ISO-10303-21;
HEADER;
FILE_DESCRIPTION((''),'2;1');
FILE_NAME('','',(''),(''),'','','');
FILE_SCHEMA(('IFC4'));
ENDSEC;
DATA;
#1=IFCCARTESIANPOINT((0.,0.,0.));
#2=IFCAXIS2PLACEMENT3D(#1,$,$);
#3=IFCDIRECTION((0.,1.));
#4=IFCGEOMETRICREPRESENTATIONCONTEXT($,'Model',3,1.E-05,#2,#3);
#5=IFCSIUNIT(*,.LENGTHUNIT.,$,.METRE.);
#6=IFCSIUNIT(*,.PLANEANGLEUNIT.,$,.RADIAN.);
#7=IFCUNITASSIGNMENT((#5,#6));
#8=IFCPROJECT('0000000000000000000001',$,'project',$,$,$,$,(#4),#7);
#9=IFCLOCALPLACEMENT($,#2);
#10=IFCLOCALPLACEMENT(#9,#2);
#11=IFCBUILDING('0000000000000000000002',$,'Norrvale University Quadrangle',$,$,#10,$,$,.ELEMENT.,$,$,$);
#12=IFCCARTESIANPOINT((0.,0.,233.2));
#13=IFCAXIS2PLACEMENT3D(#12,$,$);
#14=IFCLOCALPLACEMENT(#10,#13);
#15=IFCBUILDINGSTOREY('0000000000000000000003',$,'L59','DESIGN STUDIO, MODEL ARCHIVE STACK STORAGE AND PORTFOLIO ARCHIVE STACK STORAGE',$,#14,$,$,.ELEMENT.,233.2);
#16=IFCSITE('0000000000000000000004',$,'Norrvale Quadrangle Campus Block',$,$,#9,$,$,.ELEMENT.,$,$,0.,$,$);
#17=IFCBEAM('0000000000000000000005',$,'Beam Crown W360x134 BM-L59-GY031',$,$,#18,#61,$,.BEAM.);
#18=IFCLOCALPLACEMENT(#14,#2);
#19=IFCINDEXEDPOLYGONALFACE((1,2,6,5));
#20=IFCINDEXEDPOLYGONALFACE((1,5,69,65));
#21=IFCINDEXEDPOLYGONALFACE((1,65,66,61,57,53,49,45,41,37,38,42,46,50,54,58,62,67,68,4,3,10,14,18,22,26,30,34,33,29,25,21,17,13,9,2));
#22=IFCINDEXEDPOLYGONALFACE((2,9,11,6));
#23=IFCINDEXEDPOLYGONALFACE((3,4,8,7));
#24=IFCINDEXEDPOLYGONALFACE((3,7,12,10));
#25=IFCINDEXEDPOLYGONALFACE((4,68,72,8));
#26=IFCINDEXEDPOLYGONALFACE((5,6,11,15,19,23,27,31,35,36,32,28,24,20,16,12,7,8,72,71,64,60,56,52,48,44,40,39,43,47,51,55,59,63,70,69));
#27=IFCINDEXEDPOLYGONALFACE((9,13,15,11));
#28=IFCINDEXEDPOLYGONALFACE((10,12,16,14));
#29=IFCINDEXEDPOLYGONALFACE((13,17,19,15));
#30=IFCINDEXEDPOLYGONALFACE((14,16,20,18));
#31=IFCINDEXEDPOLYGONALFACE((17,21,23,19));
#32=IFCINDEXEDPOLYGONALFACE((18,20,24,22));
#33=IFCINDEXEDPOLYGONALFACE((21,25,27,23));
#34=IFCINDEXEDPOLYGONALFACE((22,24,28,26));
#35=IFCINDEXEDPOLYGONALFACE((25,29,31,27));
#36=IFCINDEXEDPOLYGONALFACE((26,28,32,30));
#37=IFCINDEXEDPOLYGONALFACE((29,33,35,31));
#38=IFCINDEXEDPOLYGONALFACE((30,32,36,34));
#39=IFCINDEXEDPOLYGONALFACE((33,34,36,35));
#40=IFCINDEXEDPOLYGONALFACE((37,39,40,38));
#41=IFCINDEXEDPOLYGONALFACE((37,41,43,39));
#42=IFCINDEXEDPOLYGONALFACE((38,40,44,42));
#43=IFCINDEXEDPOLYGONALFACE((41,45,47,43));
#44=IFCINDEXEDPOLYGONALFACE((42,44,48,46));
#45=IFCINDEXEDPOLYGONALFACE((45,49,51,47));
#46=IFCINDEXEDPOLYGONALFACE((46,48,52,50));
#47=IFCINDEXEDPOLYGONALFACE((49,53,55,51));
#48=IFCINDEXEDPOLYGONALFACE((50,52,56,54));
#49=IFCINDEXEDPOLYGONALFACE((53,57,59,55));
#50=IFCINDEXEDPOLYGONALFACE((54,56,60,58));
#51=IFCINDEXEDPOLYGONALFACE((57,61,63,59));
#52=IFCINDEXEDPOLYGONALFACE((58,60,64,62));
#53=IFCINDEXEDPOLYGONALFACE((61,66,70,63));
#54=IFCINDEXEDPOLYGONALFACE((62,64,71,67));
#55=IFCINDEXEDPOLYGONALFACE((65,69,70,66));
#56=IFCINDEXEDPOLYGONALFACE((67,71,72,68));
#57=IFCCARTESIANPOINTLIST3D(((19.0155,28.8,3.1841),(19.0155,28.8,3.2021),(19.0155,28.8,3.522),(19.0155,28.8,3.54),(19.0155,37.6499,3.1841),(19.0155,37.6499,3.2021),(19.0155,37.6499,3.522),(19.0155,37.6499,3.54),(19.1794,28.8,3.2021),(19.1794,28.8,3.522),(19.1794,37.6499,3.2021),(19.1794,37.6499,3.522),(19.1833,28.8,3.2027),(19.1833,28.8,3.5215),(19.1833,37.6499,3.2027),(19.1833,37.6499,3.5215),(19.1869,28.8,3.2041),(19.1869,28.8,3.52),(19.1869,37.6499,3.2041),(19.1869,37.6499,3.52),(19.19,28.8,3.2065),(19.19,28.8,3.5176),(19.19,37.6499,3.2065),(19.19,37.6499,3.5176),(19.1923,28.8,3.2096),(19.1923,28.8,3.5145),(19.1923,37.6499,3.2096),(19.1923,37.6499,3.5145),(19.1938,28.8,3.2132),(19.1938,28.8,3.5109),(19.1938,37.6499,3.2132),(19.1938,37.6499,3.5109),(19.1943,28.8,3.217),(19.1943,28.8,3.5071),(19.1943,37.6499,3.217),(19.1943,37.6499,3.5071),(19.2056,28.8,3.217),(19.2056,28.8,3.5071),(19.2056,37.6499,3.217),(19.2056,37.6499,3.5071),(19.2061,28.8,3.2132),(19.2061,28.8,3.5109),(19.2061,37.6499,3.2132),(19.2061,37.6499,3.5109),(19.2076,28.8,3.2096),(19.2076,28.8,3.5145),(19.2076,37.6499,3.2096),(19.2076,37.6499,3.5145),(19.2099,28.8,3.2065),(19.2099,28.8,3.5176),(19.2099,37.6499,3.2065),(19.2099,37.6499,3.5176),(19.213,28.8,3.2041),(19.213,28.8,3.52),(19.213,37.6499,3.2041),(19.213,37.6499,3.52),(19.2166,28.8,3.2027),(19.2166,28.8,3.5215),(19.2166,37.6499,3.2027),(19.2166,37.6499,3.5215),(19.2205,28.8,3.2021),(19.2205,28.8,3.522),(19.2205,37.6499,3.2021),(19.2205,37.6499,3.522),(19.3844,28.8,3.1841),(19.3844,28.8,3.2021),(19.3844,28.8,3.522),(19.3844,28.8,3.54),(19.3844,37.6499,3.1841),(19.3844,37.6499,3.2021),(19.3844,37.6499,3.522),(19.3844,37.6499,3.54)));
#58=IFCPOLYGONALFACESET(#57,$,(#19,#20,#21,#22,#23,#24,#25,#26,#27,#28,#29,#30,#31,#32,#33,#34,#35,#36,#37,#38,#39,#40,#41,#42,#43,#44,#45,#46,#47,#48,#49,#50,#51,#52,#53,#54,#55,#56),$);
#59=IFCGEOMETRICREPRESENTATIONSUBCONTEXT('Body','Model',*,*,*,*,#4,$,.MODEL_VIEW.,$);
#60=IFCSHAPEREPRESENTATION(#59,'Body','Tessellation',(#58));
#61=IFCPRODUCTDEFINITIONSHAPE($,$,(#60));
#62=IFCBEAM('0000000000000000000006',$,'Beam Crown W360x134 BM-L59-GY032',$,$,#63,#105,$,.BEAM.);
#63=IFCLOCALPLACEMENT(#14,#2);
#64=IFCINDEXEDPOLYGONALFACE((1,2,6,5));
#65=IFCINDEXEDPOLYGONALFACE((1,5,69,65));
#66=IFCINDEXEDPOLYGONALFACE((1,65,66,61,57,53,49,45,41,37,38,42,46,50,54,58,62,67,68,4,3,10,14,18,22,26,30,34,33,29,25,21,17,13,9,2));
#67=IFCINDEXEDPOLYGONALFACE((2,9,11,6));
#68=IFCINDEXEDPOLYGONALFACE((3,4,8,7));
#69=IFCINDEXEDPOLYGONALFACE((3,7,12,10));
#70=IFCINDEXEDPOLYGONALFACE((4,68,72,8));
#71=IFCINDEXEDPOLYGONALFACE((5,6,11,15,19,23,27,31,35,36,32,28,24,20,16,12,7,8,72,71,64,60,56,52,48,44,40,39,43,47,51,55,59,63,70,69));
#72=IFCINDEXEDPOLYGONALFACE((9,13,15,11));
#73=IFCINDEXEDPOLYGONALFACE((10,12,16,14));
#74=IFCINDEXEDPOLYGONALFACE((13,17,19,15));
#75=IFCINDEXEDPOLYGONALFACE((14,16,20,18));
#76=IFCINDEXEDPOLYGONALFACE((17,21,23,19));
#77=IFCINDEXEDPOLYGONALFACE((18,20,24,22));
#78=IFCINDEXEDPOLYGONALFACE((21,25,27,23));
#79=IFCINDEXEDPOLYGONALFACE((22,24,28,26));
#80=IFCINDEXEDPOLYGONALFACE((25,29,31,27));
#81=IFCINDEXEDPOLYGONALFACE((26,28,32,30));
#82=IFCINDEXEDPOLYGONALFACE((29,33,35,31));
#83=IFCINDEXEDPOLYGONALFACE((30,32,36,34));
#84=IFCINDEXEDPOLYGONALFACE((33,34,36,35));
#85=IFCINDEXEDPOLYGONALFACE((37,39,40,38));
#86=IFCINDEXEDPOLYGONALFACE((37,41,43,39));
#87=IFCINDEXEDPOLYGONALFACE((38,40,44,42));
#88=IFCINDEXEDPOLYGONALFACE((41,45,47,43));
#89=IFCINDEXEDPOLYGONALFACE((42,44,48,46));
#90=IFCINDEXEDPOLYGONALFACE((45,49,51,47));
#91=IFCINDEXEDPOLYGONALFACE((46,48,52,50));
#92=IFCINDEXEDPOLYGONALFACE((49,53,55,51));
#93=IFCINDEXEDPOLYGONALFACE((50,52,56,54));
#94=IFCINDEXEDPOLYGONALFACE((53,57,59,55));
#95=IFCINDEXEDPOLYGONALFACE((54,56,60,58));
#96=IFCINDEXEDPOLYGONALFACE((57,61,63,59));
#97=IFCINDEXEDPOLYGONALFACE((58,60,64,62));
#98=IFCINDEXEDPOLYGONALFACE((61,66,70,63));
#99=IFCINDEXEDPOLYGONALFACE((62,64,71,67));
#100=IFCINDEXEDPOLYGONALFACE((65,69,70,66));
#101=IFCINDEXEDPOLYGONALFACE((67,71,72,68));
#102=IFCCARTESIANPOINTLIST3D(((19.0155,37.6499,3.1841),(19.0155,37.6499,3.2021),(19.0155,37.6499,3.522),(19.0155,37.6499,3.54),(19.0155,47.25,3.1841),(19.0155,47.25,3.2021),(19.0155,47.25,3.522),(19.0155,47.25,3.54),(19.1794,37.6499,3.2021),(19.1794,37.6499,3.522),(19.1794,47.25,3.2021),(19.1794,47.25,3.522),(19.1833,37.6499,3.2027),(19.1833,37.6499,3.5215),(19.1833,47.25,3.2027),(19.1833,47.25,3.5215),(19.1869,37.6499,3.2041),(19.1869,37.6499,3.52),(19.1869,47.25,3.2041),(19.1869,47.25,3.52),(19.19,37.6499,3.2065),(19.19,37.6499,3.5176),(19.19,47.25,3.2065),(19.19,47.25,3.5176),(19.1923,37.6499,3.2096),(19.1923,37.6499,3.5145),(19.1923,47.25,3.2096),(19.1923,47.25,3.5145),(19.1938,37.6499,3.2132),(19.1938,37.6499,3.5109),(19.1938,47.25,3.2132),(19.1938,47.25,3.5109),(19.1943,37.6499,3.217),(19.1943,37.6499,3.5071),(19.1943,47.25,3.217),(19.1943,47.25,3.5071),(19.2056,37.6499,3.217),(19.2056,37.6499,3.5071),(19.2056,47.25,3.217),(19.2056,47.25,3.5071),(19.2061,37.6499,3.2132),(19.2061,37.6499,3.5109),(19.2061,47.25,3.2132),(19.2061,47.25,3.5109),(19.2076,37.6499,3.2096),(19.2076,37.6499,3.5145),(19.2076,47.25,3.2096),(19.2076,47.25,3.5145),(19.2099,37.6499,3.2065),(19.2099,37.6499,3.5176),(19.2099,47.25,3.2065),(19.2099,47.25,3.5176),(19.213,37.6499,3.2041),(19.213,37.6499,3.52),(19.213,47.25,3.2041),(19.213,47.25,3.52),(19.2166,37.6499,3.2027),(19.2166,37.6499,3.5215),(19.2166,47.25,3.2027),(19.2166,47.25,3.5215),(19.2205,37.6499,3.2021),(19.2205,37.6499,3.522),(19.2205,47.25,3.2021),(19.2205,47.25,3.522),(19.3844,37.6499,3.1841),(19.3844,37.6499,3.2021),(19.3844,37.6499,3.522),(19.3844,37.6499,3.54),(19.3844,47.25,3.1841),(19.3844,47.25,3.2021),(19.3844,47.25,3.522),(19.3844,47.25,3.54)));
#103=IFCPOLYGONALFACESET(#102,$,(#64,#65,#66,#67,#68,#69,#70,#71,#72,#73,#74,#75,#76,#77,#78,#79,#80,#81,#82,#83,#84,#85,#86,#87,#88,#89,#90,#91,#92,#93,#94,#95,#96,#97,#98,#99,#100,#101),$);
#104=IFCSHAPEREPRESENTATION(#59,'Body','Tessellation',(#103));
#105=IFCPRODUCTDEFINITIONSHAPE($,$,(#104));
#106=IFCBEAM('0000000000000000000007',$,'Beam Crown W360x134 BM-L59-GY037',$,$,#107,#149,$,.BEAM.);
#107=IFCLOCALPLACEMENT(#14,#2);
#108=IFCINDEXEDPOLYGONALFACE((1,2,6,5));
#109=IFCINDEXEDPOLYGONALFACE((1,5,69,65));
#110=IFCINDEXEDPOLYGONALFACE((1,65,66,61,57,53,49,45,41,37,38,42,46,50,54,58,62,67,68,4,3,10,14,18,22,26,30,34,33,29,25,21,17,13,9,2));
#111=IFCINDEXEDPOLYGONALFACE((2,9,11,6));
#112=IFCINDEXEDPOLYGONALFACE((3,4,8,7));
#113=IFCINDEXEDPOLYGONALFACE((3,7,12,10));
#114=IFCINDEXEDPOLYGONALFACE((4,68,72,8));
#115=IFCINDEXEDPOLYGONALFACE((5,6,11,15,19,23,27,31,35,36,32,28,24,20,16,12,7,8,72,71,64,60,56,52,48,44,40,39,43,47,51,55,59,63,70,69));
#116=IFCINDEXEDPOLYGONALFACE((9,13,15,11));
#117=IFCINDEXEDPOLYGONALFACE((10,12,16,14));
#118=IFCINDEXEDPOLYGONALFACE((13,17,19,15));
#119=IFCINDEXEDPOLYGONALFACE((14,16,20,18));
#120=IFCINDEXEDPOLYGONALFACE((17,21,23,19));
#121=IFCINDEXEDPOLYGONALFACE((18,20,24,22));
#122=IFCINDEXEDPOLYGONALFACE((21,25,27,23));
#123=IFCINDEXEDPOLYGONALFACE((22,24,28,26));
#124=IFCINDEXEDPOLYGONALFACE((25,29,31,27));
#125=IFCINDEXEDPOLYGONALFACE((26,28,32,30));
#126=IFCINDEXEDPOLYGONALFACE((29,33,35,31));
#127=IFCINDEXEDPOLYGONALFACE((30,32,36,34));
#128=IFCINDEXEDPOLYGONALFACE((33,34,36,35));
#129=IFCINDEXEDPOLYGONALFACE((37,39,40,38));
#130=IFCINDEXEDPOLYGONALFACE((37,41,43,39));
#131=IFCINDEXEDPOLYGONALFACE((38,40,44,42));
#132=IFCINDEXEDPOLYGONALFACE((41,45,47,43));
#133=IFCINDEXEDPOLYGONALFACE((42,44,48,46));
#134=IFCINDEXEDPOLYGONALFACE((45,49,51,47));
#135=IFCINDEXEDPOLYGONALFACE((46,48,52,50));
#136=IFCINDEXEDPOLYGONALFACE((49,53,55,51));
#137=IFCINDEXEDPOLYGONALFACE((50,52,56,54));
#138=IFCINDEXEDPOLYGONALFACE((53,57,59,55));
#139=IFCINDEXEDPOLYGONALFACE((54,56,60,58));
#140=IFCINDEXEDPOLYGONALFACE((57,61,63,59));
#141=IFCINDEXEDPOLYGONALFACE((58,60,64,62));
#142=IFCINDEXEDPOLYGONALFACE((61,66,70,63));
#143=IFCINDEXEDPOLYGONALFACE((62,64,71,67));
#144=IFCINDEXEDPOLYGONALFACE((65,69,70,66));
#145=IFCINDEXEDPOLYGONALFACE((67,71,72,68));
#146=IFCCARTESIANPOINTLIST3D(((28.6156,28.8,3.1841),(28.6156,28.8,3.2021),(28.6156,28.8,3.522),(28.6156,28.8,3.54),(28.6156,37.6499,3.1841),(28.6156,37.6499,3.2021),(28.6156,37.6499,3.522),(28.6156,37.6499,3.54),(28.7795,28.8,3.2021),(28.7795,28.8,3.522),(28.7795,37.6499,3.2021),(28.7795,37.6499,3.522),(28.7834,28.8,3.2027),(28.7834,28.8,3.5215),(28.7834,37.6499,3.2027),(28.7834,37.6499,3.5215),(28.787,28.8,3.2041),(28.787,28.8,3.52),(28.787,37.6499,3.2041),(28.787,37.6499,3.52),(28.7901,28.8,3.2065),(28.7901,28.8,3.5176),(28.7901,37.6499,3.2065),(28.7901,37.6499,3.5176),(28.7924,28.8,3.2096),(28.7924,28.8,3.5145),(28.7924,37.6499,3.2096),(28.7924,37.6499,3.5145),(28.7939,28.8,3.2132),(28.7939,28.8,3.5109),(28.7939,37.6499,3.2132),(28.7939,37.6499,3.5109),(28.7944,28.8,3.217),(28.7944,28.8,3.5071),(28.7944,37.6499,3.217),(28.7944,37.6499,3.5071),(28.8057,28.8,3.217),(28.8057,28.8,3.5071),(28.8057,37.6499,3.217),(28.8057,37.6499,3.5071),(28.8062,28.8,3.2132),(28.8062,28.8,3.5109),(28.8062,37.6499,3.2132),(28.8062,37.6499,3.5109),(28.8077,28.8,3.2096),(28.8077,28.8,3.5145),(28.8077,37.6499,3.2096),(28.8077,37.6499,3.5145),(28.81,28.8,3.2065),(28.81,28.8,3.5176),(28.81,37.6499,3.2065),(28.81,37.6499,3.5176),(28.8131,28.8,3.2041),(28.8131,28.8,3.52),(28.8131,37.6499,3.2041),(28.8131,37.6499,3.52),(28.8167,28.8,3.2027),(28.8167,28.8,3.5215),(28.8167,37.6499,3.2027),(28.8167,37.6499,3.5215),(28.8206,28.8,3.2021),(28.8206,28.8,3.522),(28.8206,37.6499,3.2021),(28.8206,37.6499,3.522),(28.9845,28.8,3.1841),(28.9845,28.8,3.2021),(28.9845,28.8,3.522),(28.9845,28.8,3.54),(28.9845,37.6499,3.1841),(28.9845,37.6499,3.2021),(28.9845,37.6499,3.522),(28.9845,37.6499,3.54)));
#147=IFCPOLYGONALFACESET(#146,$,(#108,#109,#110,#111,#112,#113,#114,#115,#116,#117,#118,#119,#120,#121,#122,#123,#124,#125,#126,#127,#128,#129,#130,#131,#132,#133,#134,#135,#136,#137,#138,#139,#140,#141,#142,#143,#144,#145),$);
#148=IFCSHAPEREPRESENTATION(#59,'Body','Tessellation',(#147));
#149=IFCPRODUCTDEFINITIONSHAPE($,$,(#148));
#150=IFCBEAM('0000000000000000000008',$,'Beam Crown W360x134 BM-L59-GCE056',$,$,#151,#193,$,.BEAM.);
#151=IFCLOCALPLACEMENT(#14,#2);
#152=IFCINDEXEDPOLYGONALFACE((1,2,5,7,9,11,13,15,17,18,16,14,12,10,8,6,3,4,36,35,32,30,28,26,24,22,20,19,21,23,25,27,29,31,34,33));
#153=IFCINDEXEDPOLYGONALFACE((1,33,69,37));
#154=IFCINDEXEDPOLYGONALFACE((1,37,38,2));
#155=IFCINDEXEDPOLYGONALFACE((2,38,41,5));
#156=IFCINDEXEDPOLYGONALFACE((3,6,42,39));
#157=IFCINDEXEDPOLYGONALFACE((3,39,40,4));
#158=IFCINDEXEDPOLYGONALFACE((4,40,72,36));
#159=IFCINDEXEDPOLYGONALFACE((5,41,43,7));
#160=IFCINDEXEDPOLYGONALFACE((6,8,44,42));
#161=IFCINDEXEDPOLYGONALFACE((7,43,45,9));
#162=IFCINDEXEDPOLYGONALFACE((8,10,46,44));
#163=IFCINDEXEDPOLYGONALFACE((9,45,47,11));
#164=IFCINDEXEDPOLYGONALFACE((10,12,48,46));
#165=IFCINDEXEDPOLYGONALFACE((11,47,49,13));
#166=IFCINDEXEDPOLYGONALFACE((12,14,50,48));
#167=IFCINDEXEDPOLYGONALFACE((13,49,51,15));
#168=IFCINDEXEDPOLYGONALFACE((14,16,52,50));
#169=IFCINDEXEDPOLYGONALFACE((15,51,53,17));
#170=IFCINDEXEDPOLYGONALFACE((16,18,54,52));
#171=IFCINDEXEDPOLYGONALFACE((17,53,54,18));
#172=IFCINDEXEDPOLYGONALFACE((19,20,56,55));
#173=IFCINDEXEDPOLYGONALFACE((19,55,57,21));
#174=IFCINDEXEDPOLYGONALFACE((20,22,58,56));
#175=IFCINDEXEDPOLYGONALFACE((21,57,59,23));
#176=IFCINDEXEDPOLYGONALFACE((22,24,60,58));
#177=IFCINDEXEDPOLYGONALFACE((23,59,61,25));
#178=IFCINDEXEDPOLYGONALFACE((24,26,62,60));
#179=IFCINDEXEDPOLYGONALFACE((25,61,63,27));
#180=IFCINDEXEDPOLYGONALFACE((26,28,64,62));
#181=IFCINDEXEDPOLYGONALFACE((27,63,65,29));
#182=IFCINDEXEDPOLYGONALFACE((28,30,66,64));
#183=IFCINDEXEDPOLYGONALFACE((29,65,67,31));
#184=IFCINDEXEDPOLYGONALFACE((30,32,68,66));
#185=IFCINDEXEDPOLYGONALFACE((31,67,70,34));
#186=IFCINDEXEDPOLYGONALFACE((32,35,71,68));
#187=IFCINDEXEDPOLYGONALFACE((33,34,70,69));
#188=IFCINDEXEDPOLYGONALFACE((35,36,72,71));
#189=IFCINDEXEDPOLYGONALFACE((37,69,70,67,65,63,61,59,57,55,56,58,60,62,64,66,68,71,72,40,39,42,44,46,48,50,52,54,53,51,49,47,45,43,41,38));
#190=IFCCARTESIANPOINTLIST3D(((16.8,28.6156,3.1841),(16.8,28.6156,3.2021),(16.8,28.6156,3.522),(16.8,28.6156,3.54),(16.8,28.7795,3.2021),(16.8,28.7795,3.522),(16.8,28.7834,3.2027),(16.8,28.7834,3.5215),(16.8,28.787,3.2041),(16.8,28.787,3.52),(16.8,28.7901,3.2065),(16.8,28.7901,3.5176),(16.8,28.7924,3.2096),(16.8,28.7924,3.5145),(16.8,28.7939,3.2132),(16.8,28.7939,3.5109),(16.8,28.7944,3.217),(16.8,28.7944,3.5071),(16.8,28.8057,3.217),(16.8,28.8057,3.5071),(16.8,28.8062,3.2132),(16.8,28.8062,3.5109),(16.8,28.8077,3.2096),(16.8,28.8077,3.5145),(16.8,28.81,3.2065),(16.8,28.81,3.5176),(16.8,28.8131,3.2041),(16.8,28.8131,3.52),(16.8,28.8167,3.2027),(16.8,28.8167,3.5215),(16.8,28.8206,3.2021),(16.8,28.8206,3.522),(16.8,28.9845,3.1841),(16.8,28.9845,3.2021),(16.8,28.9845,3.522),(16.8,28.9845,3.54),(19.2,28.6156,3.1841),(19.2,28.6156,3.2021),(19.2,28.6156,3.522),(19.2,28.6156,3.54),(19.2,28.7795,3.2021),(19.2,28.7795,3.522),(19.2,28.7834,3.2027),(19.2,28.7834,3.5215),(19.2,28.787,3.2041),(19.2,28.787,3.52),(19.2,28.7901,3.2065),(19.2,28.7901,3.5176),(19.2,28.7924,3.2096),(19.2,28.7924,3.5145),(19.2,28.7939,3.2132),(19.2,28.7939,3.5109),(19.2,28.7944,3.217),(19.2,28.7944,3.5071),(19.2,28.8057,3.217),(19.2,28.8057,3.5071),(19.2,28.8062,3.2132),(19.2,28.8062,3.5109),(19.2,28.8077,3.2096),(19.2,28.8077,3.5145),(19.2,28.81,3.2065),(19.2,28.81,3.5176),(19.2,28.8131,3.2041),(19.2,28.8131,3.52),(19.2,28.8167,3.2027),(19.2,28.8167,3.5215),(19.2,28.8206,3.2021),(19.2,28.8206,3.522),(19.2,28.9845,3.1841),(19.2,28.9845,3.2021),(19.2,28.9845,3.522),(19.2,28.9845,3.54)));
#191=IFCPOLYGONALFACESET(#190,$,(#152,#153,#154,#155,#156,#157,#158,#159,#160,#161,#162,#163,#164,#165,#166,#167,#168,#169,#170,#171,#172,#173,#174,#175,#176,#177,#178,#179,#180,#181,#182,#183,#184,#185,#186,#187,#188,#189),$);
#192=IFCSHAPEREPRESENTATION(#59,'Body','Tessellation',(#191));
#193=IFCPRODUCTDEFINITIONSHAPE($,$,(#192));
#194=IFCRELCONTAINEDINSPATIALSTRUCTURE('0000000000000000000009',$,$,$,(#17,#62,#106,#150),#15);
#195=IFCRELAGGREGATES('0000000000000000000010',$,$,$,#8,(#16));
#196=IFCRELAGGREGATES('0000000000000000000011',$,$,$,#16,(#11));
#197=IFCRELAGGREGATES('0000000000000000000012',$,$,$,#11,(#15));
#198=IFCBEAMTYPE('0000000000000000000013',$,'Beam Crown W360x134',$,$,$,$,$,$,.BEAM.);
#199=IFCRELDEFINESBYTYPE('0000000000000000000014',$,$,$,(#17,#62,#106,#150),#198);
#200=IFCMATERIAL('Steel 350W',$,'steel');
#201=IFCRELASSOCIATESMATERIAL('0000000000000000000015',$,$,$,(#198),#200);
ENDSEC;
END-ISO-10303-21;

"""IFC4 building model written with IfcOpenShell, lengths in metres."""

from ifc_helpers import new_model, si_unit, direction, frame, origin, origin_2d, place, context, subcontext, project, spatial, i_section, extrude, material, material_profile, profile_set, type_object, element, save


model = new_model("IFC4")

# Units and contexts
model_context = context("Model", 3, precision=1e-05, world=origin(), true_north=direction((0.0, 1.0)))
body_context = subcontext(model_context, "Body", "Model", "MODEL_VIEW")
ifc_project = project(units=[si_unit("LENGTHUNIT", "METRE"), si_unit("PLANEANGLEUNIT", "RADIAN")], contexts=[model_context])

# Site, building, storey
site_placement = place(None, origin())
site = spatial("IfcSite", under=ifc_project, at=site_placement, Name="Norrvale Quadrangle Campus Block", CompositionType="ELEMENT", RefElevation=0.0)
building_placement = place(site_placement, origin())
building = spatial("IfcBuilding", under=site, at=building_placement, Name="Norrvale University Quadrangle", CompositionType="ELEMENT")
storey_placement = place(building_placement, frame((0.0, 0.0, 233.2)))
storey = spatial("IfcBuildingStorey", under=building, at=storey_placement, Name="L59", Description="DESIGN STUDIO, MODEL ARCHIVE STACK STORAGE AND PORTFOLIO ARCHIVE STACK STORAGE", CompositionType="ELEMENT", Elevation=233.2)

# Beams
ifc_material_1 = material(Name="Steel 350W", Category="steel")
ifc_material_profile_1 = material_profile(ifc_material_1, i_section(OverallWidth=0.3689, OverallDepth=0.356, WebThickness=0.0112, FlangeThickness=0.0181, FilletRadius=0.0149, at=origin_2d()), Name="Steel 350W")
ifc_profile_set_1 = profile_set([ifc_material_profile_1], Name="Steel 350W")
beam_type_1 = type_object("IfcBeamType", Name="Beam Crown W360x134", PredefinedType="BEAM", material=ifc_profile_set_1)
beam_1_placement = place(storey_placement, frame((19.2, 28.8, 3.3621), z_axis=(0.0, 1.0, 0.0), x_axis=(-1.0, 0.0, 0.0)))
element("IfcBeam", 1, at=beam_1_placement, inside=storey, type_object=beam_type_1, Name="Beam Crown W360x134 BM-L59-GY031", PredefinedType="BEAM", context=body_context, shape_type="SweptSolid", body=[
    extrude(i_section(OverallWidth=0.3689, OverallDepth=0.356, WebThickness=0.0112, FlangeThickness=0.0181, FilletRadius=0.0149, at=origin_2d()), origin(), (0.0, 0.0, 1.0), 8.8499),
])
beam_2_placement = place(storey_placement, frame((19.2, 37.6499, 3.3621), z_axis=(0.0, 1.0, 0.0), x_axis=(-1.0, 0.0, 0.0)))
element("IfcBeam", 2, at=beam_2_placement, inside=storey, type_object=beam_type_1, Name="Beam Crown W360x134 BM-L59-GY032", PredefinedType="BEAM", context=body_context, shape_type="SweptSolid", body=[
    extrude(i_section(OverallWidth=0.3689, OverallDepth=0.356, WebThickness=0.0112, FlangeThickness=0.0181, FilletRadius=0.0149, at=origin_2d()), origin(), (0.0, 0.0, 1.0), 9.6001),
])
beam_3_placement = place(storey_placement, frame((28.8, 28.8, 3.3621), z_axis=(0.0, 1.0, 0.0), x_axis=(-1.0, 0.0, 0.0)))
element("IfcBeam", 3, at=beam_3_placement, inside=storey, type_object=beam_type_1, Name="Beam Crown W360x134 BM-L59-GY037", PredefinedType="BEAM", context=body_context, shape_type="SweptSolid", body=[
    extrude(i_section(OverallWidth=0.3689, OverallDepth=0.356, WebThickness=0.0112, FlangeThickness=0.0181, FilletRadius=0.0149, at=origin_2d()), origin(), (0.0, 0.0, 1.0), 8.8499),
])
for number, where, z_axis, x_axis, name in (
    (4, (16.8, 28.8, 3.3621), (1.0, 0.0, 0.0), (0.0, 1.0, 0.0), "Beam Crown W360x134 BM-L59-GCE056"),
):
    element("IfcBeam", number, at=place(storey_placement, frame(where, z_axis=z_axis, x_axis=x_axis)), inside=storey, type_object=beam_type_1, Name=name, PredefinedType="BEAM", context=body_context, shape_type="SweptSolid", body=[
        extrude(i_section(OverallWidth=0.3689, OverallDepth=0.356, WebThickness=0.0112, FlangeThickness=0.0181, FilletRadius=0.0149, at=origin_2d()), origin(), (0.0, 0.0, 1.0), 2.3999),
    ])

save(model, "model.ifc")
